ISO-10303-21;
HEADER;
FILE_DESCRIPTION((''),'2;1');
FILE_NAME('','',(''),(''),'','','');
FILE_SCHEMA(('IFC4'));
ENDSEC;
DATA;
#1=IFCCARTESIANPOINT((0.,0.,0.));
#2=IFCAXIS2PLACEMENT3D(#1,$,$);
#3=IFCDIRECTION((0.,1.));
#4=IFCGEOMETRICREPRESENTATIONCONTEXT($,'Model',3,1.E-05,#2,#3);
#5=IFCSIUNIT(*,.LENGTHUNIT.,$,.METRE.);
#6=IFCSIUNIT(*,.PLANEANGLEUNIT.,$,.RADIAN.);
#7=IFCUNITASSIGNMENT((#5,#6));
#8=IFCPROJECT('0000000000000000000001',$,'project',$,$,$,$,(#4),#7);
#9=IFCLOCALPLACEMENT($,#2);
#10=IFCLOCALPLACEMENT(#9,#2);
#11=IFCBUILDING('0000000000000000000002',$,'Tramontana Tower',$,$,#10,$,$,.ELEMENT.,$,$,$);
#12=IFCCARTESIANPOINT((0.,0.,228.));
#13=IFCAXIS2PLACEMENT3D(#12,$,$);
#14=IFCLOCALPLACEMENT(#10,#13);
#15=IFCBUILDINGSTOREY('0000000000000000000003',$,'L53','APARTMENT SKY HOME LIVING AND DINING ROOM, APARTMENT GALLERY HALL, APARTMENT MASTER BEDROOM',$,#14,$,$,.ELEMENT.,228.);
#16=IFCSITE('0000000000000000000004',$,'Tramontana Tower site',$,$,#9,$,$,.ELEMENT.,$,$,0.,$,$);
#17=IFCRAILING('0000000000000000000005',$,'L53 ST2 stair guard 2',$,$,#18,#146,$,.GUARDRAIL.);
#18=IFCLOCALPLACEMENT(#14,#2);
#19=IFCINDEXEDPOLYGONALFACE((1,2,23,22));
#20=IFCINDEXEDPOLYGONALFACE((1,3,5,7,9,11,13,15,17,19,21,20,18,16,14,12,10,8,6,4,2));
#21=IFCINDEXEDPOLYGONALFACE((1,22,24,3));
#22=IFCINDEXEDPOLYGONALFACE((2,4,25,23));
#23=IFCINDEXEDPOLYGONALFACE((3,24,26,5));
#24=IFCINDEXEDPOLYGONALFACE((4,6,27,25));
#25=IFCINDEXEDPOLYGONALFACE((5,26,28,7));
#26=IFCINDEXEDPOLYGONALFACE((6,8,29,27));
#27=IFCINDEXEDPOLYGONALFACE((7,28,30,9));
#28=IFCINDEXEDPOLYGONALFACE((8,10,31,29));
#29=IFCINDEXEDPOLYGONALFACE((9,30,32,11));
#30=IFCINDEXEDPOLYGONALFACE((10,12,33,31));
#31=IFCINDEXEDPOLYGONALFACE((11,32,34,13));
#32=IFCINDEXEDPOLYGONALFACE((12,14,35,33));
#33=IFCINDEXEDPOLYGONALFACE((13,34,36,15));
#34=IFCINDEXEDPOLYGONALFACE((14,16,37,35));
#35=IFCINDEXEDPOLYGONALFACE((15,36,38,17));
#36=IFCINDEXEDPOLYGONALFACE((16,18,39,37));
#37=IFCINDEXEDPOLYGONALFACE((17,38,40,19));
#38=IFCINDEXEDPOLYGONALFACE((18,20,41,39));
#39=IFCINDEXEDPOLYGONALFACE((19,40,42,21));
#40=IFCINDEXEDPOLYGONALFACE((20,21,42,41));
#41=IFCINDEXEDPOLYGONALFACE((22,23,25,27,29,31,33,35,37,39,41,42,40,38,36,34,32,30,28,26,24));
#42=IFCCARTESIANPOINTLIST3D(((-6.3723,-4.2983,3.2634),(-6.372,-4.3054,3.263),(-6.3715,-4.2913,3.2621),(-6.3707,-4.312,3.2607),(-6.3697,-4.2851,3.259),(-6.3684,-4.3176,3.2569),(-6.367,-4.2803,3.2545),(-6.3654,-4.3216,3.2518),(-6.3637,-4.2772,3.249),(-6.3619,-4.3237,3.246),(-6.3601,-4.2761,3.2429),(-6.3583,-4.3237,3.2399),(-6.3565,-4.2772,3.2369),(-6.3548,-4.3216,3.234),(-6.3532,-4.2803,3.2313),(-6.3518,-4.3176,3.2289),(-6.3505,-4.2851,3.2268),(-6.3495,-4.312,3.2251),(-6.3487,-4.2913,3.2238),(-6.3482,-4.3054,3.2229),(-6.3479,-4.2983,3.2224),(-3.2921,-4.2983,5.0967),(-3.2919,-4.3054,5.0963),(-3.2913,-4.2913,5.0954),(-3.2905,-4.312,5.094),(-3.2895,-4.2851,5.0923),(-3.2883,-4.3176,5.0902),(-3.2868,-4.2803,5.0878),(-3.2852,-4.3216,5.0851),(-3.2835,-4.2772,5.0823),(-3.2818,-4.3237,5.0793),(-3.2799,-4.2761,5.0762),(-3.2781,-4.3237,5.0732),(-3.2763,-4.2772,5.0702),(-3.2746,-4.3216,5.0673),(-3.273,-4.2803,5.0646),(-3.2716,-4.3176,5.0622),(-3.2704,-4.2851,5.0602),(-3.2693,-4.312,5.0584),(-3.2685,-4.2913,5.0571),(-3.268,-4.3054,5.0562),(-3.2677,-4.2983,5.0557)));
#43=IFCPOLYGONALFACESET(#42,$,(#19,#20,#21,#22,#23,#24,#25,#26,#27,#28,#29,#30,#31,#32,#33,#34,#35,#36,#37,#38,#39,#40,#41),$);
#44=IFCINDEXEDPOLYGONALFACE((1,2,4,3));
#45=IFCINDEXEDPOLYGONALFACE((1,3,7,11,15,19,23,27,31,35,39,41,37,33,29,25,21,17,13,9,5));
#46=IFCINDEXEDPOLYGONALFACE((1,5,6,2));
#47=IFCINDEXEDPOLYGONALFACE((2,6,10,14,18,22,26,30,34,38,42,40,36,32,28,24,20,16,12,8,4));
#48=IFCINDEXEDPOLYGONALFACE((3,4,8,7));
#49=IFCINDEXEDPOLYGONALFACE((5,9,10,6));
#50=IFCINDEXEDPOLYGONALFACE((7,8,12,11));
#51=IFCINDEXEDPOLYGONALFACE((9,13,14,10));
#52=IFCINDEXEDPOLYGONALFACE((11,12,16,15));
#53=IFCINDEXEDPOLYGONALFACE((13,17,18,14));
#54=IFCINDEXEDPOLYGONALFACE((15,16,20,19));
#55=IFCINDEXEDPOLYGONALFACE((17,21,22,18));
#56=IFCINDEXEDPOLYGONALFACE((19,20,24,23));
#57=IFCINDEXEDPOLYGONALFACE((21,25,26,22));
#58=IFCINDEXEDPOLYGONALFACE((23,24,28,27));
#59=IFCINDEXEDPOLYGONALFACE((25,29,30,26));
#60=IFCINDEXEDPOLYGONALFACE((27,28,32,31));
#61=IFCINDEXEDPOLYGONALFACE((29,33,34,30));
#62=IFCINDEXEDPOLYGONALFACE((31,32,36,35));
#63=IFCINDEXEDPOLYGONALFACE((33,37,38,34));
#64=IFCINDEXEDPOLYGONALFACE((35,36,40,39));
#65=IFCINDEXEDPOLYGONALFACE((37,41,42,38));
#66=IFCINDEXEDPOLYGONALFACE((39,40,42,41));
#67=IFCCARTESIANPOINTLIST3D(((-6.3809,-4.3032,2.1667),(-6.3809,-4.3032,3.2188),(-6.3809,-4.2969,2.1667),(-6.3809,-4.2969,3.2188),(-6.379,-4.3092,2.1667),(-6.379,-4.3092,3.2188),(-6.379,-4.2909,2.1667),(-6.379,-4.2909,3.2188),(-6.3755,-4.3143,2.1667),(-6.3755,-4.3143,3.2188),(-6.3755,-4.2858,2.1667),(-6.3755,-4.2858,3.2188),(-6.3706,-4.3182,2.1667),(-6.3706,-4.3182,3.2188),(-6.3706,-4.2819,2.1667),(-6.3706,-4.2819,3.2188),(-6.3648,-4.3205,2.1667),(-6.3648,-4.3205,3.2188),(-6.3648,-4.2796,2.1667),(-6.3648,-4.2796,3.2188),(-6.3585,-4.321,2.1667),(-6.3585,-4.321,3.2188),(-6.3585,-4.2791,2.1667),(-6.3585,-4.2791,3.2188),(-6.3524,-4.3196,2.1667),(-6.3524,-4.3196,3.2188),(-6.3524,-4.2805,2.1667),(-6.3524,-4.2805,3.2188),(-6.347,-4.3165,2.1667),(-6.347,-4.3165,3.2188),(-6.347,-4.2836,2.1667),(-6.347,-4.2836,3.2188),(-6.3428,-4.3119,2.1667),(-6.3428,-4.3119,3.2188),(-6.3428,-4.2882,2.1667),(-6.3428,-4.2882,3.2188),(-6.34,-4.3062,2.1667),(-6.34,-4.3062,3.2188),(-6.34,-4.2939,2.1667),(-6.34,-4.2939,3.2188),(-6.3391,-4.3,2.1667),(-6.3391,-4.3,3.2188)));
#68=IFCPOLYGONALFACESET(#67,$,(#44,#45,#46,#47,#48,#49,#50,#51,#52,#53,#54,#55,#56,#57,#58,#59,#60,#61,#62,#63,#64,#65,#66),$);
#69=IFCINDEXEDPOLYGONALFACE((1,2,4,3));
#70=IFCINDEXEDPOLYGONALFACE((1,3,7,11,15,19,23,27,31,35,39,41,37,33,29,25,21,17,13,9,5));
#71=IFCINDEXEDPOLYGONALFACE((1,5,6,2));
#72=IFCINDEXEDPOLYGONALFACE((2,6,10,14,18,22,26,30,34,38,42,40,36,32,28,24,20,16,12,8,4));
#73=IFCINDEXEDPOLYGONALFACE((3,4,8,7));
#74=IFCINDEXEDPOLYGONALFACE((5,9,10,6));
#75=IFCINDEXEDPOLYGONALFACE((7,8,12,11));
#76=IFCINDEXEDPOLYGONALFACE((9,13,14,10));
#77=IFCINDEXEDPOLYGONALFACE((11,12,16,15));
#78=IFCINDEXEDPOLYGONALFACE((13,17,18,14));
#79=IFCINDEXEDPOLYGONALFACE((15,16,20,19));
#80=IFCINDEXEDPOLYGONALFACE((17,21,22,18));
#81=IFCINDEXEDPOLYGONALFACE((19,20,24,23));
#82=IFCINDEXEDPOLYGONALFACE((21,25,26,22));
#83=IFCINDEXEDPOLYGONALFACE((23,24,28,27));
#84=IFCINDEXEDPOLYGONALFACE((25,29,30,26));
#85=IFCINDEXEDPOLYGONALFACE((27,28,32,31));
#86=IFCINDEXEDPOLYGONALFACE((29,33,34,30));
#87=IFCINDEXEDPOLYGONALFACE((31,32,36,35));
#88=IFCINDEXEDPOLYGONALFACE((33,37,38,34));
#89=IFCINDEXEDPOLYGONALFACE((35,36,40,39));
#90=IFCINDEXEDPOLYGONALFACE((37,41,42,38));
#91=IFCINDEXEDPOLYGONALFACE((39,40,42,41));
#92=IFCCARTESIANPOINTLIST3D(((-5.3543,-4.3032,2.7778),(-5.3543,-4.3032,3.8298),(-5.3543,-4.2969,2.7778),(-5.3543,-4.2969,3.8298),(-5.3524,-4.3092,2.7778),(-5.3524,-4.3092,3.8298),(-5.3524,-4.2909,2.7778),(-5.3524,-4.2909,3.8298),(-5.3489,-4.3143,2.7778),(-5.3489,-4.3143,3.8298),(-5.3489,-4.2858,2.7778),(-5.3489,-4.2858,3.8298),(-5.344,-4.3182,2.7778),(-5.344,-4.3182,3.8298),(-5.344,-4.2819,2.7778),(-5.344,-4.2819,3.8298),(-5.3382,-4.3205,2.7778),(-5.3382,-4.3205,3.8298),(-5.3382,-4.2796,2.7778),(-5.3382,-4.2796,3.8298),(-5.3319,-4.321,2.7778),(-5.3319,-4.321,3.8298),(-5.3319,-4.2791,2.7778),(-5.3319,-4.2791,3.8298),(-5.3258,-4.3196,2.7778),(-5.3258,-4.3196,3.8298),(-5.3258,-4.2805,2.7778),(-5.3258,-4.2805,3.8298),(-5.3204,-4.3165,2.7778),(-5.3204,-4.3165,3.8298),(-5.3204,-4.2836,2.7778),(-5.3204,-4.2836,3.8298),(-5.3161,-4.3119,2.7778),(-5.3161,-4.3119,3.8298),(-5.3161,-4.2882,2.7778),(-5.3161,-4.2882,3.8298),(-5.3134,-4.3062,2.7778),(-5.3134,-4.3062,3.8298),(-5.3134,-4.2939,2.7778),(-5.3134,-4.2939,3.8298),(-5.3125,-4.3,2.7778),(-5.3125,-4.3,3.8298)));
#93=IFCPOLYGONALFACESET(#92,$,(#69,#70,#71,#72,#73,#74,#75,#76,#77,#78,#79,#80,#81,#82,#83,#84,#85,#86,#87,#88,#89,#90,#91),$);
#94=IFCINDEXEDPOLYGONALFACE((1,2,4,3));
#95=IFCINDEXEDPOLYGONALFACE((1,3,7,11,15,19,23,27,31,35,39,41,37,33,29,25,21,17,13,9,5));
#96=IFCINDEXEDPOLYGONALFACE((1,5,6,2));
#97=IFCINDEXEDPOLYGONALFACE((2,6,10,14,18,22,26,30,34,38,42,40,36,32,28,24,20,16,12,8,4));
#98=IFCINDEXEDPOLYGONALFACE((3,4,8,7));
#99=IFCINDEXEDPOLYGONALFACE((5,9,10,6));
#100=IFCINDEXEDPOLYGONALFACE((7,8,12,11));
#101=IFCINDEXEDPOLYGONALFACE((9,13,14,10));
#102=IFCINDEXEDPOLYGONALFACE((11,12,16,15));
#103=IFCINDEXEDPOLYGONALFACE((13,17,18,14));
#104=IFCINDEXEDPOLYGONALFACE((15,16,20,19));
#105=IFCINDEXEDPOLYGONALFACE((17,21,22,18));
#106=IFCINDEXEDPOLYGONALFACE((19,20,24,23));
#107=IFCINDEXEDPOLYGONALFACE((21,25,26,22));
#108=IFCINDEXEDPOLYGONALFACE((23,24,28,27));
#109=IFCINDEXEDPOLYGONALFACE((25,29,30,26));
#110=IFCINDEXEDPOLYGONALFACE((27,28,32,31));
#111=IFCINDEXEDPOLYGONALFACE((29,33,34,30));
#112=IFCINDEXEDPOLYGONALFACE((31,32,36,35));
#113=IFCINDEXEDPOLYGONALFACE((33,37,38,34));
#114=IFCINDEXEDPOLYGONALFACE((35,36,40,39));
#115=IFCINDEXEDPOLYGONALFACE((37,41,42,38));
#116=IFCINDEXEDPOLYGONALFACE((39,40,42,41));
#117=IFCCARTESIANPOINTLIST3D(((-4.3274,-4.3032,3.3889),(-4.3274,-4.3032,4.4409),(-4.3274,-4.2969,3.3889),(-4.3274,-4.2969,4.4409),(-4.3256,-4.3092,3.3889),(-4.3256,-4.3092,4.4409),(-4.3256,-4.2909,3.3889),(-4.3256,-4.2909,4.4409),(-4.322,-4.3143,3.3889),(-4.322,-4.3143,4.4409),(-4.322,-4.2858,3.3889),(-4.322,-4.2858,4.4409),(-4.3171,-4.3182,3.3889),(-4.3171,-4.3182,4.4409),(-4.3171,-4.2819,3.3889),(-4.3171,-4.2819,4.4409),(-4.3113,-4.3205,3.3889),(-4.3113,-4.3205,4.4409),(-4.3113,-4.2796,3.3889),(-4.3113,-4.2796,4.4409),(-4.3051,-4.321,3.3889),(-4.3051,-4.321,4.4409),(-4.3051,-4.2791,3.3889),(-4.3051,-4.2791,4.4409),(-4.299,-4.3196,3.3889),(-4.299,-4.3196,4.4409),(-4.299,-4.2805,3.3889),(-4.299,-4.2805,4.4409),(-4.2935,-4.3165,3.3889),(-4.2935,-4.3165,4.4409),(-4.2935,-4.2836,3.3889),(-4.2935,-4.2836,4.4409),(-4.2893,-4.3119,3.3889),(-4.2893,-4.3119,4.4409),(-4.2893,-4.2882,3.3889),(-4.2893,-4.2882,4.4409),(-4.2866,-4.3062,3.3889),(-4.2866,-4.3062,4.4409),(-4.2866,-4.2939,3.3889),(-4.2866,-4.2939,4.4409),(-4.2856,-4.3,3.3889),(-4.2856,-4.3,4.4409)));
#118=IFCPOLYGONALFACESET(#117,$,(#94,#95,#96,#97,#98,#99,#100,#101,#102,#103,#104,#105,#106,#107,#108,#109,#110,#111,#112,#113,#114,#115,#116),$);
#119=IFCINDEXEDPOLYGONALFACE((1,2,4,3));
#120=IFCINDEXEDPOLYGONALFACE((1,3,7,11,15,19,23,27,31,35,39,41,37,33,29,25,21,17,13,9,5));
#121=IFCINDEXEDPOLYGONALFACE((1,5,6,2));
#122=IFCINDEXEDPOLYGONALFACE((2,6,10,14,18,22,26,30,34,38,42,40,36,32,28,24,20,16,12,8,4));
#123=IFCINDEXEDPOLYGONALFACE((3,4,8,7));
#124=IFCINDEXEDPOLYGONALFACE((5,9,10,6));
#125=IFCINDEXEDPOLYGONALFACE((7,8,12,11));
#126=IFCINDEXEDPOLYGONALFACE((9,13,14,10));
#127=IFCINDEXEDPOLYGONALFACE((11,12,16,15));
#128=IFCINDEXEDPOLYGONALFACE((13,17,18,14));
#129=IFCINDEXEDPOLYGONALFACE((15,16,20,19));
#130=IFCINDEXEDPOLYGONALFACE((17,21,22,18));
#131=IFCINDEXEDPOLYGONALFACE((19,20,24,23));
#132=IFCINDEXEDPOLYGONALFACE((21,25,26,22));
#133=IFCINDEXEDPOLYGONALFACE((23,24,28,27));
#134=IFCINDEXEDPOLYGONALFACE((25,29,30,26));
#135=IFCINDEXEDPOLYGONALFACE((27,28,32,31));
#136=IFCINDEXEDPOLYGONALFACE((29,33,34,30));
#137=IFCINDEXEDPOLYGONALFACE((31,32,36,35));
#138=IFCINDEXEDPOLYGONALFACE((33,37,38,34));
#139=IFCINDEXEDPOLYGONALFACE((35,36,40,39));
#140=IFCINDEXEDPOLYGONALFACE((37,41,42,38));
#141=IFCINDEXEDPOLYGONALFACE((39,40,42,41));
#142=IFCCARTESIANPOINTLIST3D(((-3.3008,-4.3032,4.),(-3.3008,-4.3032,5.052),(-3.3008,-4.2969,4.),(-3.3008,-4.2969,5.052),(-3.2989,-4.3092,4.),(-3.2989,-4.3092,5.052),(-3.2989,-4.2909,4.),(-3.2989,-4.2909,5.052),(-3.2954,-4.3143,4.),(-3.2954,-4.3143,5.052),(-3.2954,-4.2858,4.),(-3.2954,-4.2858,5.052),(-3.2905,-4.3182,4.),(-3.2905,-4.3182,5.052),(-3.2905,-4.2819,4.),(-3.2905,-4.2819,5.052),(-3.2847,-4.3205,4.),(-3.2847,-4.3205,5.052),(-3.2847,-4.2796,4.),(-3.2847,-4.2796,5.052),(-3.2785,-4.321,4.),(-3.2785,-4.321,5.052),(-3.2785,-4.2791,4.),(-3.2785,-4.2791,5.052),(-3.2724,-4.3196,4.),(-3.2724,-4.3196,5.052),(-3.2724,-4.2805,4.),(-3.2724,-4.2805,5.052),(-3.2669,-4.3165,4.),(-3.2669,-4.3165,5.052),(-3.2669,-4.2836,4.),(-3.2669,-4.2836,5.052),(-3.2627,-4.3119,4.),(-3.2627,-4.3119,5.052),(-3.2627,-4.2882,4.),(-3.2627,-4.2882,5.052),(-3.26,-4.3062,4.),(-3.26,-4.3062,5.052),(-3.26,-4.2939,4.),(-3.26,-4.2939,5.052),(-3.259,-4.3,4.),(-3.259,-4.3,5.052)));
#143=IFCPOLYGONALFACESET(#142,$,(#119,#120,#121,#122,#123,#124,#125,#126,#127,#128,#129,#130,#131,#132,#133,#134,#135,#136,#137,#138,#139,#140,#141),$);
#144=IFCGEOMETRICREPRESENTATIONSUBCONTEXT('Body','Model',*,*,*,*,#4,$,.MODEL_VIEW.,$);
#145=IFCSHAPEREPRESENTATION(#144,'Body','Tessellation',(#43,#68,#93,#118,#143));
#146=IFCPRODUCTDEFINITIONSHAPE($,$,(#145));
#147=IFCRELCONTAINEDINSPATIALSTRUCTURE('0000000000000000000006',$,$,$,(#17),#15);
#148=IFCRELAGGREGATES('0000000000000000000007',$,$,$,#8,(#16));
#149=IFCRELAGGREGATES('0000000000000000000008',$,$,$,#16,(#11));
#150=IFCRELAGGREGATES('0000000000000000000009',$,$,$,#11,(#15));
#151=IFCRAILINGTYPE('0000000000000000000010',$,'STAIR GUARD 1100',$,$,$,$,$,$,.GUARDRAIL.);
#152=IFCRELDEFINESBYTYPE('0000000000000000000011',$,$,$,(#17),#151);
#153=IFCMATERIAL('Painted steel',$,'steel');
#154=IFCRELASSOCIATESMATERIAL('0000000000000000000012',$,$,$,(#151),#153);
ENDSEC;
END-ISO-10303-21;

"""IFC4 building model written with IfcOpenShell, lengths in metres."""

from ifc_helpers import new_model, si_unit, direction, frame, origin, origin_2d, place, context, subcontext, project, spatial, circle, extrude, material, type_object, element, save


model = new_model("IFC4")

# Units and contexts
model_context = context("Model", 3, precision=1e-05, world=origin(), true_north=direction((0.0, 1.0)))
body_context = subcontext(model_context, "Body", "Model", "MODEL_VIEW")
ifc_project = project(units=[si_unit("LENGTHUNIT", "METRE"), si_unit("PLANEANGLEUNIT", "RADIAN")], contexts=[model_context])

# Site, building, storey
site_placement = place(None, origin())
site = spatial("IfcSite", under=ifc_project, at=site_placement, Name="Tramontana Tower site", CompositionType="ELEMENT", RefElevation=0.0)
building_placement = place(site_placement, origin())
building = spatial("IfcBuilding", under=site, at=building_placement, Name="Tramontana Tower", CompositionType="ELEMENT")
storey_placement = place(building_placement, frame((0.0, 0.0, 228.0)))
storey = spatial("IfcBuildingStorey", under=building, at=storey_placement, Name="L53", Description="APARTMENT SKY HOME LIVING AND DINING ROOM, APARTMENT GALLERY HALL, APARTMENT MASTER BEDROOM", CompositionType="ELEMENT", Elevation=228.0)

# Railing
ifc_material_1 = material(Name="Painted steel", Category="steel")
railing_type_1 = type_object("IfcRailingType", Name="STAIR GUARD 1100", PredefinedType="GUARDRAIL", material=ifc_material_1)
railing_1_placement = place(storey_placement, frame((-6.3601, -4.3, 2.1667)))
element("IfcRailing", 1, at=railing_1_placement, inside=storey, type_object=railing_type_1, Name="L53 ST2 stair guard 2", PredefinedType="GUARDRAIL", context=body_context, shape_type="SweptSolid", body=[
    extrude(circle(Radius=0.0239, at=origin_2d()), frame((0.0, 0.0, 1.0762), z_axis=(0.859309, 0.0, 0.511458), x_axis=(0.0, 1.0, 0.0)), (0.0, 0.0, 1.0), 3.5845),
    extrude(circle(Radius=0.021, at=origin_2d()), origin(), (0.0, 0.0, 1.0), 1.052),
    extrude(circle(Radius=0.021, at=origin_2d()), frame((1.0266, 0.0, 0.6111)), (0.0, 0.0, 1.0), 1.052),
    extrude(circle(Radius=0.021, at=origin_2d()), frame((2.0535, 0.0, 1.2222)), (0.0, 0.0, 1.0), 1.052),
    extrude(circle(Radius=0.021, at=origin_2d()), frame((3.0801, 0.0, 1.8333)), (0.0, 0.0, 1.0), 1.052),
])

save(model, "model.ifc")
